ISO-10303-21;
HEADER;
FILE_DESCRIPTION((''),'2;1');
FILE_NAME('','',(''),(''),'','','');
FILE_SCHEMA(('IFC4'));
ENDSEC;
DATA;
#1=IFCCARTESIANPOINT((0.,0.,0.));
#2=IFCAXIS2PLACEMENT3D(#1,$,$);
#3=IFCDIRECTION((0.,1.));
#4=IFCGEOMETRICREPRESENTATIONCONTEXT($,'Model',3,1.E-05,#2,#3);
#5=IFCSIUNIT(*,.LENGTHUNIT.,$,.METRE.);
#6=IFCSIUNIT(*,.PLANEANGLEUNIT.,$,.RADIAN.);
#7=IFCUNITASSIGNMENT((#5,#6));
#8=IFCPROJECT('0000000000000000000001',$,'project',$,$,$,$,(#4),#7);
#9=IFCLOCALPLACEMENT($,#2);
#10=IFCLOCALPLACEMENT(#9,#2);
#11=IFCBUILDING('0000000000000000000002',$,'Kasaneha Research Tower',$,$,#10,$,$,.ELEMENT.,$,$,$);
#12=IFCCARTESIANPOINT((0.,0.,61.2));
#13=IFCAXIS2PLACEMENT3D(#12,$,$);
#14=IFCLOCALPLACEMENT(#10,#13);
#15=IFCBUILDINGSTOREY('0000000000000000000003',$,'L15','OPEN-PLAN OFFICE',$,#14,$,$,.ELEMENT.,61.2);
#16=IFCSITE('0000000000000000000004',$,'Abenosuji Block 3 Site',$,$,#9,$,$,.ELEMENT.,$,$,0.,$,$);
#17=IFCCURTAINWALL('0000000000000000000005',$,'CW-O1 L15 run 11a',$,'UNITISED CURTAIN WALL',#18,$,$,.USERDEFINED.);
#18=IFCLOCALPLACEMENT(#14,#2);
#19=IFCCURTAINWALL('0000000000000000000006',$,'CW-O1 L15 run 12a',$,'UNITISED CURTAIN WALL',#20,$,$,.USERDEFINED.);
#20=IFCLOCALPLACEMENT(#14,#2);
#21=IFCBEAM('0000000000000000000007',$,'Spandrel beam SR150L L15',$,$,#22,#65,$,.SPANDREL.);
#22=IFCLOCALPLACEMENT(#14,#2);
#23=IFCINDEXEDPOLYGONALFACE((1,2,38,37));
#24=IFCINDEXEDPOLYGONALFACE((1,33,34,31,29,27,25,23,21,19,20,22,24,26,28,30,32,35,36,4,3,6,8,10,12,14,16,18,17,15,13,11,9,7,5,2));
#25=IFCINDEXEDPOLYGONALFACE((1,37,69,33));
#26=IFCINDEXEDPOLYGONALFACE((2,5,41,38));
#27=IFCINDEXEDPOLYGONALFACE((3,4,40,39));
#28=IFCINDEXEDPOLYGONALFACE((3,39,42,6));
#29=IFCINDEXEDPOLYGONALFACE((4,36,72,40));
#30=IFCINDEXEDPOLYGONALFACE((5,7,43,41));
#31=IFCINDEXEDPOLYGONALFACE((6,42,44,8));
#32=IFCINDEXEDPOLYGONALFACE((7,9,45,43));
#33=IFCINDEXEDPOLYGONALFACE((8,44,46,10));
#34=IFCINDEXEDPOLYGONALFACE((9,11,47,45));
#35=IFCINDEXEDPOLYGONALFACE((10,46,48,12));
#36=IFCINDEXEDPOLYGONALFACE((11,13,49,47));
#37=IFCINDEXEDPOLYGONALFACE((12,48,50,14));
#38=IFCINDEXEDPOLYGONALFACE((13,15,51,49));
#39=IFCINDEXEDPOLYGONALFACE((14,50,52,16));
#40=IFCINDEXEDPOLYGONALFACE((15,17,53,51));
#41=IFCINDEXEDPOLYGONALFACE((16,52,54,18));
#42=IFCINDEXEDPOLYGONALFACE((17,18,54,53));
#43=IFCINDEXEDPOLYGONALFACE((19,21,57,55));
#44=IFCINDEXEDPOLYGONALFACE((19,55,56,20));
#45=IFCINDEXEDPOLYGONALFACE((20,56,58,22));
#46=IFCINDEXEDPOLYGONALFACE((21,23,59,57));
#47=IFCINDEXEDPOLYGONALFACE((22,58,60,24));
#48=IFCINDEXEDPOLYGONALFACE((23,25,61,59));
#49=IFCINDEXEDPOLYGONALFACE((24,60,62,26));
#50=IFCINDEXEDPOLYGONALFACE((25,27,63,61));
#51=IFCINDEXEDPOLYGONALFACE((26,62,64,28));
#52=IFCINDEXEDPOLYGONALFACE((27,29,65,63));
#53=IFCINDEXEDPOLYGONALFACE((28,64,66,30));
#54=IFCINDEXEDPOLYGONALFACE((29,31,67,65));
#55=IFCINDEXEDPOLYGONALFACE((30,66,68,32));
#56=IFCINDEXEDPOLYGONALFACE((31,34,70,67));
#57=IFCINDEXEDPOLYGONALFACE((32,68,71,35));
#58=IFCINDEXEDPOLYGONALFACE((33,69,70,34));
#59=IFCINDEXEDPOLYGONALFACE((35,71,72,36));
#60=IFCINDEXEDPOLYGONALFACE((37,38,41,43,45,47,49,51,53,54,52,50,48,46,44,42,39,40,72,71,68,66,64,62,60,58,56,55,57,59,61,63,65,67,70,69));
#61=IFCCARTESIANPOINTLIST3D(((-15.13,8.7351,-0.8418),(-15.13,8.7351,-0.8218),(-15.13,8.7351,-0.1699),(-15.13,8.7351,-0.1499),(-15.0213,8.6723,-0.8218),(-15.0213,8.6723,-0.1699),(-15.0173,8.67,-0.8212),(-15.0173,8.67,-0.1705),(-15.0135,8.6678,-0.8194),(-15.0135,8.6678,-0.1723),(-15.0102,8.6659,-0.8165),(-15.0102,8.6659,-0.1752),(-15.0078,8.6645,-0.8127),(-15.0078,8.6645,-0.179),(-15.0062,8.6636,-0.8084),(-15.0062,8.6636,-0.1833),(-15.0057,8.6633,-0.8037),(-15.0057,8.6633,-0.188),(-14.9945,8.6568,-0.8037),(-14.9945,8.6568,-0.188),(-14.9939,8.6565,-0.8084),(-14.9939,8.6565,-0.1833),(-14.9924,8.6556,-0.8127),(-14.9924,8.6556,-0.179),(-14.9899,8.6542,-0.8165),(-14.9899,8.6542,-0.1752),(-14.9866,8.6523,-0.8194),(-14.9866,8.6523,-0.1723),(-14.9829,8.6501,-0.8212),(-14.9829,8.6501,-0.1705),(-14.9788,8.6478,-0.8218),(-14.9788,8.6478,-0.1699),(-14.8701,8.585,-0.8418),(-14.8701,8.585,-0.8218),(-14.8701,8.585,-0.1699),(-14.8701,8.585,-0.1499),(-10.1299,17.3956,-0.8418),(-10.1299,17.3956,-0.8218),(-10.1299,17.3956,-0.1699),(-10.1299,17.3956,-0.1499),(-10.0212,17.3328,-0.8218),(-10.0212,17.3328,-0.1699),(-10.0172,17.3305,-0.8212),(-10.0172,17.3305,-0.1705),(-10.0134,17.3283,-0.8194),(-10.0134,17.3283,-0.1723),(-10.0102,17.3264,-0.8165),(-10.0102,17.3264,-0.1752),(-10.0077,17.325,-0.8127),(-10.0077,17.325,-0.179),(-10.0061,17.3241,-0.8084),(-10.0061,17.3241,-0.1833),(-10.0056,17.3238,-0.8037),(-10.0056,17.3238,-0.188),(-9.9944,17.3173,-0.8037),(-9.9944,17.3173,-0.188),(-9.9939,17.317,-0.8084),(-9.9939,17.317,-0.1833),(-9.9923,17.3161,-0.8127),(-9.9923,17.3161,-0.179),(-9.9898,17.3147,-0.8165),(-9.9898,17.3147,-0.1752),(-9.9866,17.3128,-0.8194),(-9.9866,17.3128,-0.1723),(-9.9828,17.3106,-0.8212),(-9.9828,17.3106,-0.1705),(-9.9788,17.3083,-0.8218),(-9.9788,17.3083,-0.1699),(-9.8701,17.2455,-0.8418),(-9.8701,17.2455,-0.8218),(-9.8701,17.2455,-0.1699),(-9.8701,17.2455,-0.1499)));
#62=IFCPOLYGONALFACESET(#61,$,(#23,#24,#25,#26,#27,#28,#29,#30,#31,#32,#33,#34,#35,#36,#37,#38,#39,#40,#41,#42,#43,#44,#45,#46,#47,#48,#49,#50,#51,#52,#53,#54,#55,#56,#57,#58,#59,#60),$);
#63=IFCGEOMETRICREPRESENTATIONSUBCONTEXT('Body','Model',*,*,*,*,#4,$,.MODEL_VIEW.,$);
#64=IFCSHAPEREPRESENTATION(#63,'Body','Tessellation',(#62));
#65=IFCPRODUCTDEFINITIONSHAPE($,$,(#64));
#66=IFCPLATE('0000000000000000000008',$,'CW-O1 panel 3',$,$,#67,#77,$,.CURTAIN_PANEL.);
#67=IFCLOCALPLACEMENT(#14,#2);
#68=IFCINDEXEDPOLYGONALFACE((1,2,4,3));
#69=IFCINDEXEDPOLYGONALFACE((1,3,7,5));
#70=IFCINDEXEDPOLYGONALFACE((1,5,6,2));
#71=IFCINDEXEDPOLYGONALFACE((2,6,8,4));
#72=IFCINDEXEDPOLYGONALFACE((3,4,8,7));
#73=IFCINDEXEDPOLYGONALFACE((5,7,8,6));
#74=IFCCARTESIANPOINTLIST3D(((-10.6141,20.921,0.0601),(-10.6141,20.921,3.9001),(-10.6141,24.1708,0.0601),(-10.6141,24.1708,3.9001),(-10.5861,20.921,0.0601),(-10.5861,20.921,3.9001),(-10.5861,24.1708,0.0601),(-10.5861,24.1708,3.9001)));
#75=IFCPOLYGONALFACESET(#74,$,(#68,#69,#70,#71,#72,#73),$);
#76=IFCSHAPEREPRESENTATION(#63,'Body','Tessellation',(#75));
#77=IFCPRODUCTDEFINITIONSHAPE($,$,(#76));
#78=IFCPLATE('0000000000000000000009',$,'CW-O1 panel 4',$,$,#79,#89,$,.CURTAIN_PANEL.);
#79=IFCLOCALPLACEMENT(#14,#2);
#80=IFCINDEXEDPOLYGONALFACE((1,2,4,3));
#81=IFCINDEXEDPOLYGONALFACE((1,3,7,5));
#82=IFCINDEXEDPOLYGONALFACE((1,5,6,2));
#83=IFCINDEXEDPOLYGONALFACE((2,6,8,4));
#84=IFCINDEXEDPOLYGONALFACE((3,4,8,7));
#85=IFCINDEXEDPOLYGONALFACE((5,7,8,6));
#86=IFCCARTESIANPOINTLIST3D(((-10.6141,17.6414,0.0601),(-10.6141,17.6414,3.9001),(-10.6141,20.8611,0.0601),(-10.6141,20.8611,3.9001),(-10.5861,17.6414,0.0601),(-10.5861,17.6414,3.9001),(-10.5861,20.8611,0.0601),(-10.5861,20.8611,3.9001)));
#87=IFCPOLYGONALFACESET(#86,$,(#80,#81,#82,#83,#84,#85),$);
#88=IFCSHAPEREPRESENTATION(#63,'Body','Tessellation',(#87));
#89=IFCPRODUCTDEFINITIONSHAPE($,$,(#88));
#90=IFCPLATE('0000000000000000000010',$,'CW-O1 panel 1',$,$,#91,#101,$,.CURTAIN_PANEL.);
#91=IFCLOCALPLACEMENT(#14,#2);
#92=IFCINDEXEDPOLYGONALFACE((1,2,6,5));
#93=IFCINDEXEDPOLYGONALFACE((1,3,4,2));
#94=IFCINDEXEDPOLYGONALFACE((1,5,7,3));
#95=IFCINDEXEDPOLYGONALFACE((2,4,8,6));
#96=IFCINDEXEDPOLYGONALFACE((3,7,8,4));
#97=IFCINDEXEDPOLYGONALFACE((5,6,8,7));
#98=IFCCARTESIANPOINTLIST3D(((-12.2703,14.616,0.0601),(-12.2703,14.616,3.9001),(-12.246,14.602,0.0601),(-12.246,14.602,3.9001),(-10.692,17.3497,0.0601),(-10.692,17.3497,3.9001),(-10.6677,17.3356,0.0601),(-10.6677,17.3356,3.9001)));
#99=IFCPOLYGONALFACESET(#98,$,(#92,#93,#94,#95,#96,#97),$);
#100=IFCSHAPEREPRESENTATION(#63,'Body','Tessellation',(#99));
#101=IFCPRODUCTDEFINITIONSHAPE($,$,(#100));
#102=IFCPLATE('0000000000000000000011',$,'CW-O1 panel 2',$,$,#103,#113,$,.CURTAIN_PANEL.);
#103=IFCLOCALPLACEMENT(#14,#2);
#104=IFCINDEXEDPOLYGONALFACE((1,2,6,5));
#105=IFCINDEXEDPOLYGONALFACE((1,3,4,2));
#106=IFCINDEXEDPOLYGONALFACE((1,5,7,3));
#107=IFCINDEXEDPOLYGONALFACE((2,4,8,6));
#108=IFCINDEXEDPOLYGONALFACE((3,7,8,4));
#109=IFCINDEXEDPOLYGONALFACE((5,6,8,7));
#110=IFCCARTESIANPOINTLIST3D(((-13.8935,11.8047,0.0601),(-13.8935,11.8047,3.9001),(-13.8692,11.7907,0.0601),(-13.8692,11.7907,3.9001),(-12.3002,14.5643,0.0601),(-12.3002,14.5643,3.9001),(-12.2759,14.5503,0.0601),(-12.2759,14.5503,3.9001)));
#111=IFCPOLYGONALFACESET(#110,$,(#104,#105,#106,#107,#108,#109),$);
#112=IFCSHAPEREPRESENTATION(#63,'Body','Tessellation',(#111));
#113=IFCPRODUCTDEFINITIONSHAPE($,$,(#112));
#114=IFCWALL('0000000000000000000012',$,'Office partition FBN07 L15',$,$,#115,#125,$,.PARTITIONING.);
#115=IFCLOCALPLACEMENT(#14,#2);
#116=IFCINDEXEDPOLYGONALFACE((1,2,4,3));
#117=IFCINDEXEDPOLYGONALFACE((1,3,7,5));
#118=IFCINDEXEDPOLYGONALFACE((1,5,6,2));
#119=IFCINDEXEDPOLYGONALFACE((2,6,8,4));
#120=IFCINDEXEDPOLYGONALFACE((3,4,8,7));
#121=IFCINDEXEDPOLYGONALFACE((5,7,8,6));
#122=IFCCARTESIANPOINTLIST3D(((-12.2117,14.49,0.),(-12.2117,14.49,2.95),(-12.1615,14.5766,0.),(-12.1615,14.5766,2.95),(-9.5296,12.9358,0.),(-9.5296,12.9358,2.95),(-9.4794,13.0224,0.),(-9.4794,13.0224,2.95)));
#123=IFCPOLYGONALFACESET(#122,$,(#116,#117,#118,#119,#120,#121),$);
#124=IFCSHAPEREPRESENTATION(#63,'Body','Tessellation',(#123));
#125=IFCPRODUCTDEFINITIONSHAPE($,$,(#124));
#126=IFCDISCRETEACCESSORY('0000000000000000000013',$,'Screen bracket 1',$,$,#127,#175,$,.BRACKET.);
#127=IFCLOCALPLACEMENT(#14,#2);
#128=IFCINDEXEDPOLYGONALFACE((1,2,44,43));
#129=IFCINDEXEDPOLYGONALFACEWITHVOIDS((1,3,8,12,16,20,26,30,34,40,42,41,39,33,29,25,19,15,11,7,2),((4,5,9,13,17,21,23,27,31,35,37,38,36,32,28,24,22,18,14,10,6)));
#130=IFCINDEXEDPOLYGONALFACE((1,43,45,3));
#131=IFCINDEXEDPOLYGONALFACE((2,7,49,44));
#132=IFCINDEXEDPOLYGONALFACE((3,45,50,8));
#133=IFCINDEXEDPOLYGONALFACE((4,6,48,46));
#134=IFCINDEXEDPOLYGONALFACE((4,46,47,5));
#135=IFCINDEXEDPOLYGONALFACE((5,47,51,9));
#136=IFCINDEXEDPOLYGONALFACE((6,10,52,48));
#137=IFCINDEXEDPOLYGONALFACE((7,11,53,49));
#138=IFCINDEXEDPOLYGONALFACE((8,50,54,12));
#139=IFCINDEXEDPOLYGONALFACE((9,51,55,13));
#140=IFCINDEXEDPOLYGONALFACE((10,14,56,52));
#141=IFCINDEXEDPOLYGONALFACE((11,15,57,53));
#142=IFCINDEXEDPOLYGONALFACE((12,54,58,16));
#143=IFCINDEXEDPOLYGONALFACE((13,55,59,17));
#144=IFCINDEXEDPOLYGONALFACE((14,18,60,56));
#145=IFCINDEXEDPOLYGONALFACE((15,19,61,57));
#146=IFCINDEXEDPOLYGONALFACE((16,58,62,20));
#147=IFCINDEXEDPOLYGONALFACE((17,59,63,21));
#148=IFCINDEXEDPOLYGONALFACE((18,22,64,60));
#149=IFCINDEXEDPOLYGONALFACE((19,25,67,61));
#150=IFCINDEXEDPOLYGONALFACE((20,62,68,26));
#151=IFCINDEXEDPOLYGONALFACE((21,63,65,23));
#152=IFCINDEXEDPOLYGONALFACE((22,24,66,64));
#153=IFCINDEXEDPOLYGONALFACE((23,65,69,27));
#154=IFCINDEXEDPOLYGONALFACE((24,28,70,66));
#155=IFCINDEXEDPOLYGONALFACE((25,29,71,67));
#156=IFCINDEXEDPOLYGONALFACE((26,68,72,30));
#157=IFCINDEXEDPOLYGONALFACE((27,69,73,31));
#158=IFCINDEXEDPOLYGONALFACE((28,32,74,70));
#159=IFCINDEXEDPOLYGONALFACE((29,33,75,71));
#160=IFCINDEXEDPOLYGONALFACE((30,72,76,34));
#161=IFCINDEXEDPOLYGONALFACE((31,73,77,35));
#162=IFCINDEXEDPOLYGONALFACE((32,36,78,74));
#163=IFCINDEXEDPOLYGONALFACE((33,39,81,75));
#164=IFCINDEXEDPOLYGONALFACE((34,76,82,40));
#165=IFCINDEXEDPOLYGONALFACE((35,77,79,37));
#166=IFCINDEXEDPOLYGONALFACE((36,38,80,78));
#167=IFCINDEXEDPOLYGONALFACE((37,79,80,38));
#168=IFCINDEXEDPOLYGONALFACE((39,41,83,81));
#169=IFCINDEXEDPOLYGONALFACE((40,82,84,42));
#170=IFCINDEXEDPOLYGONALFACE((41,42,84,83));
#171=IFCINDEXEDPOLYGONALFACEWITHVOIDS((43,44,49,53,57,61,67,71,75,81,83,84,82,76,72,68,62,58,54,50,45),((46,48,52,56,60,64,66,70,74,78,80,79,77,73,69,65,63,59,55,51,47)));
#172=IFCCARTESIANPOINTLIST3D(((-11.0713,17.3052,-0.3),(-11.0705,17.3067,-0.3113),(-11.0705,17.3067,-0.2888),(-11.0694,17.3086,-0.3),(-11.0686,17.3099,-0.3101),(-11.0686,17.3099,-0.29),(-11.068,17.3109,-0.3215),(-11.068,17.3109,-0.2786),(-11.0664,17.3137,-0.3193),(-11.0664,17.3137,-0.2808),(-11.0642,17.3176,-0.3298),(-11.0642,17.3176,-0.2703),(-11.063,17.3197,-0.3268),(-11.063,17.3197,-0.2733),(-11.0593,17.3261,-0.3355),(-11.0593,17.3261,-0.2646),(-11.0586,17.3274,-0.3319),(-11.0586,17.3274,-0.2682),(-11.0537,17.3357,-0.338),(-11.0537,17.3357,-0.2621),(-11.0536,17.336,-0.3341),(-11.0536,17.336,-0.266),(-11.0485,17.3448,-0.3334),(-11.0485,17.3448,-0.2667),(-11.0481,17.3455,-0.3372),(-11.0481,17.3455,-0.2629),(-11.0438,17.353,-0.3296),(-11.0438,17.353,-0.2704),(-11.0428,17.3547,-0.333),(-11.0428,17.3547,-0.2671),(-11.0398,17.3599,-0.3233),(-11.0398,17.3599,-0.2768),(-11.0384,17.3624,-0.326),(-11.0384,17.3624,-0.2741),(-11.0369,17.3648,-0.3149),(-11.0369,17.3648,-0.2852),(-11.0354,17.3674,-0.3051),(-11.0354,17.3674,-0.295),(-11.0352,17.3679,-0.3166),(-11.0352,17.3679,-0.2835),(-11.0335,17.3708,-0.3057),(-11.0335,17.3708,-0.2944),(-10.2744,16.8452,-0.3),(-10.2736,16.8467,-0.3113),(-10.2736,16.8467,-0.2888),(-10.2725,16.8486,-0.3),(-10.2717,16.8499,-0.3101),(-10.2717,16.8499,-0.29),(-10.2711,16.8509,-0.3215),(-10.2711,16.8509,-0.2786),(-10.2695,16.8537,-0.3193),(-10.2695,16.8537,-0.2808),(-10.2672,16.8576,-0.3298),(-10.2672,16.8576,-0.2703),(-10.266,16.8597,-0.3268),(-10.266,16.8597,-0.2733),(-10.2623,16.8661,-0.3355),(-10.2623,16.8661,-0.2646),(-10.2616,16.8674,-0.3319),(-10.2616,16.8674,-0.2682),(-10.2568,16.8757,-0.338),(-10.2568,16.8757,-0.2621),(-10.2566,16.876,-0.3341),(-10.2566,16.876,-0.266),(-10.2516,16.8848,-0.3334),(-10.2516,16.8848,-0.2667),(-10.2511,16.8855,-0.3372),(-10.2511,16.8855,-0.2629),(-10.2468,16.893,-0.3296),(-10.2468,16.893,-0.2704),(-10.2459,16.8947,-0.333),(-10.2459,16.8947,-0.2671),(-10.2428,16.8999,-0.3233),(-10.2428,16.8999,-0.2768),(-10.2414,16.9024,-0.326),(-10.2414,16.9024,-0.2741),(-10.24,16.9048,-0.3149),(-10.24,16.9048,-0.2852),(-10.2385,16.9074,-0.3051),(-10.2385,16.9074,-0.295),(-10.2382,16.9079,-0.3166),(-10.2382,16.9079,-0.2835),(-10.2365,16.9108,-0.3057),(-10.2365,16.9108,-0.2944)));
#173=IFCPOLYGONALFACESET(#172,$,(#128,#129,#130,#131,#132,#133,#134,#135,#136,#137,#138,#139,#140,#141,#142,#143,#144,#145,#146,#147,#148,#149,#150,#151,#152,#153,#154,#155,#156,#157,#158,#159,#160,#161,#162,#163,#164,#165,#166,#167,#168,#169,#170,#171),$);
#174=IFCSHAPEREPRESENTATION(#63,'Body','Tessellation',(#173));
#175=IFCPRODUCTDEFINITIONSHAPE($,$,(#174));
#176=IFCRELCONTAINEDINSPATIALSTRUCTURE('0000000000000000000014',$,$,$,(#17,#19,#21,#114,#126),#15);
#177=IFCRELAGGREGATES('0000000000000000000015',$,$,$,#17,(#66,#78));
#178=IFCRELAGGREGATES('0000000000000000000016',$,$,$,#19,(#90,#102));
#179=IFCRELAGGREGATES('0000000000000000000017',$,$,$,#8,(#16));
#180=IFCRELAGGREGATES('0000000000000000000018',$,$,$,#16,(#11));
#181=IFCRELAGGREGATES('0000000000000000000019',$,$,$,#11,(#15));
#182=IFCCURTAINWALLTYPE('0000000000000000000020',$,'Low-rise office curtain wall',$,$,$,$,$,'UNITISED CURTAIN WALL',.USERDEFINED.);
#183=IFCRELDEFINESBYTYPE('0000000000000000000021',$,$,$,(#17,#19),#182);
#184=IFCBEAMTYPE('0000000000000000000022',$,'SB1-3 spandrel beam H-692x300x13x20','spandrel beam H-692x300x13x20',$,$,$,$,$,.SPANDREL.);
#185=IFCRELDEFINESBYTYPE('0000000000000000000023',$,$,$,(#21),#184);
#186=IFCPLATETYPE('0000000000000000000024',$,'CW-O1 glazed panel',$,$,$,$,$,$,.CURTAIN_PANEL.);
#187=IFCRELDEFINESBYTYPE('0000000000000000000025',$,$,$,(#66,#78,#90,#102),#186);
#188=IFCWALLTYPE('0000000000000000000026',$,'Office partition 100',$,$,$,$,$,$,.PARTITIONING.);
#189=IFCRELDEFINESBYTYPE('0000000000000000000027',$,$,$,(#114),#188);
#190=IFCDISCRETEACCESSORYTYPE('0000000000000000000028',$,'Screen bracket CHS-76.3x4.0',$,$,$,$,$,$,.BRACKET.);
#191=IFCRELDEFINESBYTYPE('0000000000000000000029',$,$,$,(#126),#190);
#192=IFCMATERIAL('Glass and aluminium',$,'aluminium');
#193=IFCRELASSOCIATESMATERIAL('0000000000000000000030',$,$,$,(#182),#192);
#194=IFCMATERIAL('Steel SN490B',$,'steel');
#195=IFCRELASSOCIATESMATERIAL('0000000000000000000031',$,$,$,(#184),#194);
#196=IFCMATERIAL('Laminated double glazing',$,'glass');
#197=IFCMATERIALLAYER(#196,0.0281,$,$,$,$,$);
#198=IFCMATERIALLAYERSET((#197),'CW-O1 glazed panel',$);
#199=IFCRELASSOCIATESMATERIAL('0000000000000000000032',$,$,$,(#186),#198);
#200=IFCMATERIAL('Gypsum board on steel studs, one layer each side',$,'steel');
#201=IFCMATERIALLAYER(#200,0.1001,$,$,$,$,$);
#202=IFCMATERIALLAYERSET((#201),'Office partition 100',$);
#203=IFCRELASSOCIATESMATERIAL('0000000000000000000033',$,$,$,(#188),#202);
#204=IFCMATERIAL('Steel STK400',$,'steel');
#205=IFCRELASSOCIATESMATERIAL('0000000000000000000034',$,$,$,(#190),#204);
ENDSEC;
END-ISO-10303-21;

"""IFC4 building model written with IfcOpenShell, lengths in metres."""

from ifc_helpers import new_model, si_unit, direction, frame, frame_2d, origin, origin_2d, place, context, subcontext, project, spatial, rectangle, hollow_circle, i_section, extrude, material, layer, layer_set, material_profile, profile_set, type_object, element, aggregate, save


model = new_model("IFC4")

# Units and contexts
model_context = context("Model", 3, precision=1e-05, world=origin(), true_north=direction((0.0, 1.0)))
body_context = subcontext(model_context, "Body", "Model", "MODEL_VIEW")
ifc_project = project(units=[si_unit("LENGTHUNIT", "METRE"), si_unit("PLANEANGLEUNIT", "RADIAN")], contexts=[model_context])

# Site, building, storey
site_placement = place(None, origin())
site = spatial("IfcSite", under=ifc_project, at=site_placement, Name="Abenosuji Block 3 Site", CompositionType="ELEMENT", RefElevation=0.0)
building_placement = place(site_placement, origin())
building = spatial("IfcBuilding", under=site, at=building_placement, Name="Kasaneha Research Tower", CompositionType="ELEMENT")
storey_placement = place(building_placement, frame((0.0, 0.0, 61.2)))
storey = spatial("IfcBuildingStorey", under=building, at=storey_placement, Name="L15", Description="OPEN-PLAN OFFICE", CompositionType="ELEMENT", Elevation=61.2)

# Curtain walls
ifc_material_1 = material(Name="Glass and aluminium", Category="aluminium")
curtain_wall_type = type_object("IfcCurtainWallType", Name="Low-rise office curtain wall", ElementType="UNITISED CURTAIN WALL", PredefinedType="USERDEFINED", material=ifc_material_1)
curtain_wall_1_placement = place(storey_placement, origin())
curtain_wall_1 = element("IfcCurtainWall", 1, at=curtain_wall_1_placement, inside=storey, type_object=curtain_wall_type, Name="CW-O1 L15 run 11a", ObjectType="UNITISED CURTAIN WALL", PredefinedType="USERDEFINED")
curtain_wall_2_placement = place(storey_placement, origin())
curtain_wall_2 = element("IfcCurtainWall", 2, at=curtain_wall_2_placement, inside=storey, type_object=curtain_wall_type, Name="CW-O1 L15 run 12a", ObjectType="UNITISED CURTAIN WALL", PredefinedType="USERDEFINED")

# Beam
ifc_material_2 = material(Name="Steel SN490B", Category="steel")
ifc_material_profile_1 = material_profile(ifc_material_2, i_section(OverallWidth=0.3, OverallDepth=0.6919, WebThickness=0.0129, FlangeThickness=0.02, FilletRadius=0.0181, at=origin_2d()), Name="H-692x300x13x20")
ifc_profile_set_1 = profile_set([ifc_material_profile_1], Name="Steel SN490B")
beam_type_1 = type_object("IfcBeamType", Name="SB1-3 spandrel beam H-692x300x13x20", Description="spandrel beam H-692x300x13x20", PredefinedType="SPANDREL", material=ifc_profile_set_1)
beam_1_placement = place(storey_placement, frame((-10.0, 17.3206, -0.4958), z_axis=(-0.499994, -0.866029, 0.0), x_axis=(0.866029, -0.499994, 0.0)))
element("IfcBeam", 3, at=beam_1_placement, inside=storey, type_object=beam_type_1, Name="Spandrel beam SR150L L15", PredefinedType="SPANDREL", context=body_context, shape_type="SweptSolid", body=[
    extrude(i_section(OverallWidth=0.3, OverallDepth=0.6919, WebThickness=0.0129, FlangeThickness=0.02, FilletRadius=0.0181, at=origin_2d()), origin(), (0.0, 0.0, 1.0), 10.0002),
])

# Plates
ifc_material_3 = material(Name="Laminated double glazing", Category="glass")
ifc_layer_1 = layer(ifc_material_3, 0.0281)
ifc_layer_set_1 = layer_set([ifc_layer_1], Name="CW-O1 glazed panel")
plate_type = type_object("IfcPlateType", Name="CW-O1 glazed panel", PredefinedType="CURTAIN_PANEL", material=ifc_layer_set_1)
plate_1_placement = place(storey_placement, frame((-10.6001, 22.5459, 0.0601), z_axis=(0.0, 0.0, 1.0), x_axis=(0.0, -1.0, 0.0)))
plate_1 = element("IfcPlate", 4, at=plate_1_placement, type_object=plate_type, Name="CW-O1 panel 3", PredefinedType="CURTAIN_PANEL", context=body_context, shape_type="SweptSolid", body=[
    extrude(rectangle(XDim=3.2498, YDim=0.0281, at=origin_2d()), origin(), (0.0, 0.0, 1.0), 3.8401),
])
plate_2_placement = place(storey_placement, frame((-10.6001, 19.2512, 0.0601), z_axis=(0.0, 0.0, 1.0), x_axis=(0.0, -1.0, 0.0)))
plate_2 = element("IfcPlate", 5, at=plate_2_placement, type_object=plate_type, Name="CW-O1 panel 4", PredefinedType="CURTAIN_PANEL", context=body_context, shape_type="SweptSolid", body=[
    extrude(rectangle(XDim=3.2197, YDim=0.0281, at=origin_2d()), origin(), (0.0, 0.0, 1.0), 3.8401),
])
aggregate(curtain_wall_1, [plate_1, plate_2])
plate_3_placement = place(storey_placement, frame((-11.469, 15.9758, 0.0601), z_axis=(0.0, 0.0, 1.0), x_axis=(-0.5, -0.866025, 0.0)))
plate_3 = element("IfcPlate", 6, at=plate_3_placement, type_object=plate_type, Name="CW-O1 panel 1", PredefinedType="CURTAIN_PANEL", context=body_context, shape_type="SweptSolid", body=[
    extrude(rectangle(XDim=3.1565, YDim=0.0281, at=origin_2d()), origin(), (0.0, 0.0, 1.0), 3.8401),
])
plate_4_placement = place(storey_placement, frame((-13.0847, 13.1775, 0.0601), z_axis=(0.0, 0.0, 1.0), x_axis=(-0.5, -0.866025, 0.0)))
plate_4 = element("IfcPlate", 7, at=plate_4_placement, type_object=plate_type, Name="CW-O1 panel 2", PredefinedType="CURTAIN_PANEL", context=body_context, shape_type="SweptSolid", body=[
    extrude(rectangle(XDim=3.1865, YDim=0.0281, at=origin_2d()), origin(), (0.0, 0.0, 1.0), 3.8401),
])
aggregate(curtain_wall_2, [plate_3, plate_4])

# Wall
ifc_material_4 = material(Name="Gypsum board on steel studs, one layer each side", Category="steel")
ifc_layer_2 = layer(ifc_material_4, 0.1001)
ifc_layer_set_2 = layer_set([ifc_layer_2], Name="Office partition 100")
wall_type = type_object("IfcWallType", Name="Office partition 100", PredefinedType="PARTITIONING", material=ifc_layer_set_2)
wall_placement = place(storey_placement, frame((-12.1865, 14.5332, 0.0), z_axis=(0.0, 0.0, 1.0), x_axis=(0.865232, -0.501372, 0.0)))
element("IfcWall", 8, at=wall_placement, inside=storey, type_object=wall_type, Name="Office partition FBN07 L15", PredefinedType="PARTITIONING", context=body_context, shape_type="SweptSolid", body=[
    extrude(rectangle(XDim=3.0999, YDim=0.1001, at=frame_2d((1.5498, 0.0))), origin(), (0.0, 0.0, 1.0), 2.95),
])

# Discrete accessory
ifc_material_5 = material(Name="Steel STK400", Category="steel")
ifc_material_profile_2 = material_profile(ifc_material_5, hollow_circle(Radius=0.0381, WallThickness=0.0039, at=origin_2d()), Name="CHS-76.3x4.0")
ifc_profile_set_2 = profile_set([ifc_material_profile_2], Name="Steel STK400")
discrete_accessory_type = type_object("IfcDiscreteAccessoryType", Name="Screen bracket CHS-76.3x4.0", PredefinedType="BRACKET", material=ifc_profile_set_2)
discrete_accessory_1_placement = place(storey_placement, frame((-10.2554, 16.8782, -0.3), z_axis=(-0.86608, 0.499906, 0.0), x_axis=(-0.499906, -0.86608, 0.0)))
element("IfcDiscreteAccessory", 9, at=discrete_accessory_1_placement, inside=storey, type_object=discrete_accessory_type, Name="Screen bracket 1", PredefinedType="BRACKET", context=body_context, shape_type="SweptSolid", body=[
    extrude(hollow_circle(Radius=0.0381, WallThickness=0.0039, at=origin_2d()), origin(), (0.0, 0.0, 1.0), 0.9202),
])

save(model, "model.ifc")
